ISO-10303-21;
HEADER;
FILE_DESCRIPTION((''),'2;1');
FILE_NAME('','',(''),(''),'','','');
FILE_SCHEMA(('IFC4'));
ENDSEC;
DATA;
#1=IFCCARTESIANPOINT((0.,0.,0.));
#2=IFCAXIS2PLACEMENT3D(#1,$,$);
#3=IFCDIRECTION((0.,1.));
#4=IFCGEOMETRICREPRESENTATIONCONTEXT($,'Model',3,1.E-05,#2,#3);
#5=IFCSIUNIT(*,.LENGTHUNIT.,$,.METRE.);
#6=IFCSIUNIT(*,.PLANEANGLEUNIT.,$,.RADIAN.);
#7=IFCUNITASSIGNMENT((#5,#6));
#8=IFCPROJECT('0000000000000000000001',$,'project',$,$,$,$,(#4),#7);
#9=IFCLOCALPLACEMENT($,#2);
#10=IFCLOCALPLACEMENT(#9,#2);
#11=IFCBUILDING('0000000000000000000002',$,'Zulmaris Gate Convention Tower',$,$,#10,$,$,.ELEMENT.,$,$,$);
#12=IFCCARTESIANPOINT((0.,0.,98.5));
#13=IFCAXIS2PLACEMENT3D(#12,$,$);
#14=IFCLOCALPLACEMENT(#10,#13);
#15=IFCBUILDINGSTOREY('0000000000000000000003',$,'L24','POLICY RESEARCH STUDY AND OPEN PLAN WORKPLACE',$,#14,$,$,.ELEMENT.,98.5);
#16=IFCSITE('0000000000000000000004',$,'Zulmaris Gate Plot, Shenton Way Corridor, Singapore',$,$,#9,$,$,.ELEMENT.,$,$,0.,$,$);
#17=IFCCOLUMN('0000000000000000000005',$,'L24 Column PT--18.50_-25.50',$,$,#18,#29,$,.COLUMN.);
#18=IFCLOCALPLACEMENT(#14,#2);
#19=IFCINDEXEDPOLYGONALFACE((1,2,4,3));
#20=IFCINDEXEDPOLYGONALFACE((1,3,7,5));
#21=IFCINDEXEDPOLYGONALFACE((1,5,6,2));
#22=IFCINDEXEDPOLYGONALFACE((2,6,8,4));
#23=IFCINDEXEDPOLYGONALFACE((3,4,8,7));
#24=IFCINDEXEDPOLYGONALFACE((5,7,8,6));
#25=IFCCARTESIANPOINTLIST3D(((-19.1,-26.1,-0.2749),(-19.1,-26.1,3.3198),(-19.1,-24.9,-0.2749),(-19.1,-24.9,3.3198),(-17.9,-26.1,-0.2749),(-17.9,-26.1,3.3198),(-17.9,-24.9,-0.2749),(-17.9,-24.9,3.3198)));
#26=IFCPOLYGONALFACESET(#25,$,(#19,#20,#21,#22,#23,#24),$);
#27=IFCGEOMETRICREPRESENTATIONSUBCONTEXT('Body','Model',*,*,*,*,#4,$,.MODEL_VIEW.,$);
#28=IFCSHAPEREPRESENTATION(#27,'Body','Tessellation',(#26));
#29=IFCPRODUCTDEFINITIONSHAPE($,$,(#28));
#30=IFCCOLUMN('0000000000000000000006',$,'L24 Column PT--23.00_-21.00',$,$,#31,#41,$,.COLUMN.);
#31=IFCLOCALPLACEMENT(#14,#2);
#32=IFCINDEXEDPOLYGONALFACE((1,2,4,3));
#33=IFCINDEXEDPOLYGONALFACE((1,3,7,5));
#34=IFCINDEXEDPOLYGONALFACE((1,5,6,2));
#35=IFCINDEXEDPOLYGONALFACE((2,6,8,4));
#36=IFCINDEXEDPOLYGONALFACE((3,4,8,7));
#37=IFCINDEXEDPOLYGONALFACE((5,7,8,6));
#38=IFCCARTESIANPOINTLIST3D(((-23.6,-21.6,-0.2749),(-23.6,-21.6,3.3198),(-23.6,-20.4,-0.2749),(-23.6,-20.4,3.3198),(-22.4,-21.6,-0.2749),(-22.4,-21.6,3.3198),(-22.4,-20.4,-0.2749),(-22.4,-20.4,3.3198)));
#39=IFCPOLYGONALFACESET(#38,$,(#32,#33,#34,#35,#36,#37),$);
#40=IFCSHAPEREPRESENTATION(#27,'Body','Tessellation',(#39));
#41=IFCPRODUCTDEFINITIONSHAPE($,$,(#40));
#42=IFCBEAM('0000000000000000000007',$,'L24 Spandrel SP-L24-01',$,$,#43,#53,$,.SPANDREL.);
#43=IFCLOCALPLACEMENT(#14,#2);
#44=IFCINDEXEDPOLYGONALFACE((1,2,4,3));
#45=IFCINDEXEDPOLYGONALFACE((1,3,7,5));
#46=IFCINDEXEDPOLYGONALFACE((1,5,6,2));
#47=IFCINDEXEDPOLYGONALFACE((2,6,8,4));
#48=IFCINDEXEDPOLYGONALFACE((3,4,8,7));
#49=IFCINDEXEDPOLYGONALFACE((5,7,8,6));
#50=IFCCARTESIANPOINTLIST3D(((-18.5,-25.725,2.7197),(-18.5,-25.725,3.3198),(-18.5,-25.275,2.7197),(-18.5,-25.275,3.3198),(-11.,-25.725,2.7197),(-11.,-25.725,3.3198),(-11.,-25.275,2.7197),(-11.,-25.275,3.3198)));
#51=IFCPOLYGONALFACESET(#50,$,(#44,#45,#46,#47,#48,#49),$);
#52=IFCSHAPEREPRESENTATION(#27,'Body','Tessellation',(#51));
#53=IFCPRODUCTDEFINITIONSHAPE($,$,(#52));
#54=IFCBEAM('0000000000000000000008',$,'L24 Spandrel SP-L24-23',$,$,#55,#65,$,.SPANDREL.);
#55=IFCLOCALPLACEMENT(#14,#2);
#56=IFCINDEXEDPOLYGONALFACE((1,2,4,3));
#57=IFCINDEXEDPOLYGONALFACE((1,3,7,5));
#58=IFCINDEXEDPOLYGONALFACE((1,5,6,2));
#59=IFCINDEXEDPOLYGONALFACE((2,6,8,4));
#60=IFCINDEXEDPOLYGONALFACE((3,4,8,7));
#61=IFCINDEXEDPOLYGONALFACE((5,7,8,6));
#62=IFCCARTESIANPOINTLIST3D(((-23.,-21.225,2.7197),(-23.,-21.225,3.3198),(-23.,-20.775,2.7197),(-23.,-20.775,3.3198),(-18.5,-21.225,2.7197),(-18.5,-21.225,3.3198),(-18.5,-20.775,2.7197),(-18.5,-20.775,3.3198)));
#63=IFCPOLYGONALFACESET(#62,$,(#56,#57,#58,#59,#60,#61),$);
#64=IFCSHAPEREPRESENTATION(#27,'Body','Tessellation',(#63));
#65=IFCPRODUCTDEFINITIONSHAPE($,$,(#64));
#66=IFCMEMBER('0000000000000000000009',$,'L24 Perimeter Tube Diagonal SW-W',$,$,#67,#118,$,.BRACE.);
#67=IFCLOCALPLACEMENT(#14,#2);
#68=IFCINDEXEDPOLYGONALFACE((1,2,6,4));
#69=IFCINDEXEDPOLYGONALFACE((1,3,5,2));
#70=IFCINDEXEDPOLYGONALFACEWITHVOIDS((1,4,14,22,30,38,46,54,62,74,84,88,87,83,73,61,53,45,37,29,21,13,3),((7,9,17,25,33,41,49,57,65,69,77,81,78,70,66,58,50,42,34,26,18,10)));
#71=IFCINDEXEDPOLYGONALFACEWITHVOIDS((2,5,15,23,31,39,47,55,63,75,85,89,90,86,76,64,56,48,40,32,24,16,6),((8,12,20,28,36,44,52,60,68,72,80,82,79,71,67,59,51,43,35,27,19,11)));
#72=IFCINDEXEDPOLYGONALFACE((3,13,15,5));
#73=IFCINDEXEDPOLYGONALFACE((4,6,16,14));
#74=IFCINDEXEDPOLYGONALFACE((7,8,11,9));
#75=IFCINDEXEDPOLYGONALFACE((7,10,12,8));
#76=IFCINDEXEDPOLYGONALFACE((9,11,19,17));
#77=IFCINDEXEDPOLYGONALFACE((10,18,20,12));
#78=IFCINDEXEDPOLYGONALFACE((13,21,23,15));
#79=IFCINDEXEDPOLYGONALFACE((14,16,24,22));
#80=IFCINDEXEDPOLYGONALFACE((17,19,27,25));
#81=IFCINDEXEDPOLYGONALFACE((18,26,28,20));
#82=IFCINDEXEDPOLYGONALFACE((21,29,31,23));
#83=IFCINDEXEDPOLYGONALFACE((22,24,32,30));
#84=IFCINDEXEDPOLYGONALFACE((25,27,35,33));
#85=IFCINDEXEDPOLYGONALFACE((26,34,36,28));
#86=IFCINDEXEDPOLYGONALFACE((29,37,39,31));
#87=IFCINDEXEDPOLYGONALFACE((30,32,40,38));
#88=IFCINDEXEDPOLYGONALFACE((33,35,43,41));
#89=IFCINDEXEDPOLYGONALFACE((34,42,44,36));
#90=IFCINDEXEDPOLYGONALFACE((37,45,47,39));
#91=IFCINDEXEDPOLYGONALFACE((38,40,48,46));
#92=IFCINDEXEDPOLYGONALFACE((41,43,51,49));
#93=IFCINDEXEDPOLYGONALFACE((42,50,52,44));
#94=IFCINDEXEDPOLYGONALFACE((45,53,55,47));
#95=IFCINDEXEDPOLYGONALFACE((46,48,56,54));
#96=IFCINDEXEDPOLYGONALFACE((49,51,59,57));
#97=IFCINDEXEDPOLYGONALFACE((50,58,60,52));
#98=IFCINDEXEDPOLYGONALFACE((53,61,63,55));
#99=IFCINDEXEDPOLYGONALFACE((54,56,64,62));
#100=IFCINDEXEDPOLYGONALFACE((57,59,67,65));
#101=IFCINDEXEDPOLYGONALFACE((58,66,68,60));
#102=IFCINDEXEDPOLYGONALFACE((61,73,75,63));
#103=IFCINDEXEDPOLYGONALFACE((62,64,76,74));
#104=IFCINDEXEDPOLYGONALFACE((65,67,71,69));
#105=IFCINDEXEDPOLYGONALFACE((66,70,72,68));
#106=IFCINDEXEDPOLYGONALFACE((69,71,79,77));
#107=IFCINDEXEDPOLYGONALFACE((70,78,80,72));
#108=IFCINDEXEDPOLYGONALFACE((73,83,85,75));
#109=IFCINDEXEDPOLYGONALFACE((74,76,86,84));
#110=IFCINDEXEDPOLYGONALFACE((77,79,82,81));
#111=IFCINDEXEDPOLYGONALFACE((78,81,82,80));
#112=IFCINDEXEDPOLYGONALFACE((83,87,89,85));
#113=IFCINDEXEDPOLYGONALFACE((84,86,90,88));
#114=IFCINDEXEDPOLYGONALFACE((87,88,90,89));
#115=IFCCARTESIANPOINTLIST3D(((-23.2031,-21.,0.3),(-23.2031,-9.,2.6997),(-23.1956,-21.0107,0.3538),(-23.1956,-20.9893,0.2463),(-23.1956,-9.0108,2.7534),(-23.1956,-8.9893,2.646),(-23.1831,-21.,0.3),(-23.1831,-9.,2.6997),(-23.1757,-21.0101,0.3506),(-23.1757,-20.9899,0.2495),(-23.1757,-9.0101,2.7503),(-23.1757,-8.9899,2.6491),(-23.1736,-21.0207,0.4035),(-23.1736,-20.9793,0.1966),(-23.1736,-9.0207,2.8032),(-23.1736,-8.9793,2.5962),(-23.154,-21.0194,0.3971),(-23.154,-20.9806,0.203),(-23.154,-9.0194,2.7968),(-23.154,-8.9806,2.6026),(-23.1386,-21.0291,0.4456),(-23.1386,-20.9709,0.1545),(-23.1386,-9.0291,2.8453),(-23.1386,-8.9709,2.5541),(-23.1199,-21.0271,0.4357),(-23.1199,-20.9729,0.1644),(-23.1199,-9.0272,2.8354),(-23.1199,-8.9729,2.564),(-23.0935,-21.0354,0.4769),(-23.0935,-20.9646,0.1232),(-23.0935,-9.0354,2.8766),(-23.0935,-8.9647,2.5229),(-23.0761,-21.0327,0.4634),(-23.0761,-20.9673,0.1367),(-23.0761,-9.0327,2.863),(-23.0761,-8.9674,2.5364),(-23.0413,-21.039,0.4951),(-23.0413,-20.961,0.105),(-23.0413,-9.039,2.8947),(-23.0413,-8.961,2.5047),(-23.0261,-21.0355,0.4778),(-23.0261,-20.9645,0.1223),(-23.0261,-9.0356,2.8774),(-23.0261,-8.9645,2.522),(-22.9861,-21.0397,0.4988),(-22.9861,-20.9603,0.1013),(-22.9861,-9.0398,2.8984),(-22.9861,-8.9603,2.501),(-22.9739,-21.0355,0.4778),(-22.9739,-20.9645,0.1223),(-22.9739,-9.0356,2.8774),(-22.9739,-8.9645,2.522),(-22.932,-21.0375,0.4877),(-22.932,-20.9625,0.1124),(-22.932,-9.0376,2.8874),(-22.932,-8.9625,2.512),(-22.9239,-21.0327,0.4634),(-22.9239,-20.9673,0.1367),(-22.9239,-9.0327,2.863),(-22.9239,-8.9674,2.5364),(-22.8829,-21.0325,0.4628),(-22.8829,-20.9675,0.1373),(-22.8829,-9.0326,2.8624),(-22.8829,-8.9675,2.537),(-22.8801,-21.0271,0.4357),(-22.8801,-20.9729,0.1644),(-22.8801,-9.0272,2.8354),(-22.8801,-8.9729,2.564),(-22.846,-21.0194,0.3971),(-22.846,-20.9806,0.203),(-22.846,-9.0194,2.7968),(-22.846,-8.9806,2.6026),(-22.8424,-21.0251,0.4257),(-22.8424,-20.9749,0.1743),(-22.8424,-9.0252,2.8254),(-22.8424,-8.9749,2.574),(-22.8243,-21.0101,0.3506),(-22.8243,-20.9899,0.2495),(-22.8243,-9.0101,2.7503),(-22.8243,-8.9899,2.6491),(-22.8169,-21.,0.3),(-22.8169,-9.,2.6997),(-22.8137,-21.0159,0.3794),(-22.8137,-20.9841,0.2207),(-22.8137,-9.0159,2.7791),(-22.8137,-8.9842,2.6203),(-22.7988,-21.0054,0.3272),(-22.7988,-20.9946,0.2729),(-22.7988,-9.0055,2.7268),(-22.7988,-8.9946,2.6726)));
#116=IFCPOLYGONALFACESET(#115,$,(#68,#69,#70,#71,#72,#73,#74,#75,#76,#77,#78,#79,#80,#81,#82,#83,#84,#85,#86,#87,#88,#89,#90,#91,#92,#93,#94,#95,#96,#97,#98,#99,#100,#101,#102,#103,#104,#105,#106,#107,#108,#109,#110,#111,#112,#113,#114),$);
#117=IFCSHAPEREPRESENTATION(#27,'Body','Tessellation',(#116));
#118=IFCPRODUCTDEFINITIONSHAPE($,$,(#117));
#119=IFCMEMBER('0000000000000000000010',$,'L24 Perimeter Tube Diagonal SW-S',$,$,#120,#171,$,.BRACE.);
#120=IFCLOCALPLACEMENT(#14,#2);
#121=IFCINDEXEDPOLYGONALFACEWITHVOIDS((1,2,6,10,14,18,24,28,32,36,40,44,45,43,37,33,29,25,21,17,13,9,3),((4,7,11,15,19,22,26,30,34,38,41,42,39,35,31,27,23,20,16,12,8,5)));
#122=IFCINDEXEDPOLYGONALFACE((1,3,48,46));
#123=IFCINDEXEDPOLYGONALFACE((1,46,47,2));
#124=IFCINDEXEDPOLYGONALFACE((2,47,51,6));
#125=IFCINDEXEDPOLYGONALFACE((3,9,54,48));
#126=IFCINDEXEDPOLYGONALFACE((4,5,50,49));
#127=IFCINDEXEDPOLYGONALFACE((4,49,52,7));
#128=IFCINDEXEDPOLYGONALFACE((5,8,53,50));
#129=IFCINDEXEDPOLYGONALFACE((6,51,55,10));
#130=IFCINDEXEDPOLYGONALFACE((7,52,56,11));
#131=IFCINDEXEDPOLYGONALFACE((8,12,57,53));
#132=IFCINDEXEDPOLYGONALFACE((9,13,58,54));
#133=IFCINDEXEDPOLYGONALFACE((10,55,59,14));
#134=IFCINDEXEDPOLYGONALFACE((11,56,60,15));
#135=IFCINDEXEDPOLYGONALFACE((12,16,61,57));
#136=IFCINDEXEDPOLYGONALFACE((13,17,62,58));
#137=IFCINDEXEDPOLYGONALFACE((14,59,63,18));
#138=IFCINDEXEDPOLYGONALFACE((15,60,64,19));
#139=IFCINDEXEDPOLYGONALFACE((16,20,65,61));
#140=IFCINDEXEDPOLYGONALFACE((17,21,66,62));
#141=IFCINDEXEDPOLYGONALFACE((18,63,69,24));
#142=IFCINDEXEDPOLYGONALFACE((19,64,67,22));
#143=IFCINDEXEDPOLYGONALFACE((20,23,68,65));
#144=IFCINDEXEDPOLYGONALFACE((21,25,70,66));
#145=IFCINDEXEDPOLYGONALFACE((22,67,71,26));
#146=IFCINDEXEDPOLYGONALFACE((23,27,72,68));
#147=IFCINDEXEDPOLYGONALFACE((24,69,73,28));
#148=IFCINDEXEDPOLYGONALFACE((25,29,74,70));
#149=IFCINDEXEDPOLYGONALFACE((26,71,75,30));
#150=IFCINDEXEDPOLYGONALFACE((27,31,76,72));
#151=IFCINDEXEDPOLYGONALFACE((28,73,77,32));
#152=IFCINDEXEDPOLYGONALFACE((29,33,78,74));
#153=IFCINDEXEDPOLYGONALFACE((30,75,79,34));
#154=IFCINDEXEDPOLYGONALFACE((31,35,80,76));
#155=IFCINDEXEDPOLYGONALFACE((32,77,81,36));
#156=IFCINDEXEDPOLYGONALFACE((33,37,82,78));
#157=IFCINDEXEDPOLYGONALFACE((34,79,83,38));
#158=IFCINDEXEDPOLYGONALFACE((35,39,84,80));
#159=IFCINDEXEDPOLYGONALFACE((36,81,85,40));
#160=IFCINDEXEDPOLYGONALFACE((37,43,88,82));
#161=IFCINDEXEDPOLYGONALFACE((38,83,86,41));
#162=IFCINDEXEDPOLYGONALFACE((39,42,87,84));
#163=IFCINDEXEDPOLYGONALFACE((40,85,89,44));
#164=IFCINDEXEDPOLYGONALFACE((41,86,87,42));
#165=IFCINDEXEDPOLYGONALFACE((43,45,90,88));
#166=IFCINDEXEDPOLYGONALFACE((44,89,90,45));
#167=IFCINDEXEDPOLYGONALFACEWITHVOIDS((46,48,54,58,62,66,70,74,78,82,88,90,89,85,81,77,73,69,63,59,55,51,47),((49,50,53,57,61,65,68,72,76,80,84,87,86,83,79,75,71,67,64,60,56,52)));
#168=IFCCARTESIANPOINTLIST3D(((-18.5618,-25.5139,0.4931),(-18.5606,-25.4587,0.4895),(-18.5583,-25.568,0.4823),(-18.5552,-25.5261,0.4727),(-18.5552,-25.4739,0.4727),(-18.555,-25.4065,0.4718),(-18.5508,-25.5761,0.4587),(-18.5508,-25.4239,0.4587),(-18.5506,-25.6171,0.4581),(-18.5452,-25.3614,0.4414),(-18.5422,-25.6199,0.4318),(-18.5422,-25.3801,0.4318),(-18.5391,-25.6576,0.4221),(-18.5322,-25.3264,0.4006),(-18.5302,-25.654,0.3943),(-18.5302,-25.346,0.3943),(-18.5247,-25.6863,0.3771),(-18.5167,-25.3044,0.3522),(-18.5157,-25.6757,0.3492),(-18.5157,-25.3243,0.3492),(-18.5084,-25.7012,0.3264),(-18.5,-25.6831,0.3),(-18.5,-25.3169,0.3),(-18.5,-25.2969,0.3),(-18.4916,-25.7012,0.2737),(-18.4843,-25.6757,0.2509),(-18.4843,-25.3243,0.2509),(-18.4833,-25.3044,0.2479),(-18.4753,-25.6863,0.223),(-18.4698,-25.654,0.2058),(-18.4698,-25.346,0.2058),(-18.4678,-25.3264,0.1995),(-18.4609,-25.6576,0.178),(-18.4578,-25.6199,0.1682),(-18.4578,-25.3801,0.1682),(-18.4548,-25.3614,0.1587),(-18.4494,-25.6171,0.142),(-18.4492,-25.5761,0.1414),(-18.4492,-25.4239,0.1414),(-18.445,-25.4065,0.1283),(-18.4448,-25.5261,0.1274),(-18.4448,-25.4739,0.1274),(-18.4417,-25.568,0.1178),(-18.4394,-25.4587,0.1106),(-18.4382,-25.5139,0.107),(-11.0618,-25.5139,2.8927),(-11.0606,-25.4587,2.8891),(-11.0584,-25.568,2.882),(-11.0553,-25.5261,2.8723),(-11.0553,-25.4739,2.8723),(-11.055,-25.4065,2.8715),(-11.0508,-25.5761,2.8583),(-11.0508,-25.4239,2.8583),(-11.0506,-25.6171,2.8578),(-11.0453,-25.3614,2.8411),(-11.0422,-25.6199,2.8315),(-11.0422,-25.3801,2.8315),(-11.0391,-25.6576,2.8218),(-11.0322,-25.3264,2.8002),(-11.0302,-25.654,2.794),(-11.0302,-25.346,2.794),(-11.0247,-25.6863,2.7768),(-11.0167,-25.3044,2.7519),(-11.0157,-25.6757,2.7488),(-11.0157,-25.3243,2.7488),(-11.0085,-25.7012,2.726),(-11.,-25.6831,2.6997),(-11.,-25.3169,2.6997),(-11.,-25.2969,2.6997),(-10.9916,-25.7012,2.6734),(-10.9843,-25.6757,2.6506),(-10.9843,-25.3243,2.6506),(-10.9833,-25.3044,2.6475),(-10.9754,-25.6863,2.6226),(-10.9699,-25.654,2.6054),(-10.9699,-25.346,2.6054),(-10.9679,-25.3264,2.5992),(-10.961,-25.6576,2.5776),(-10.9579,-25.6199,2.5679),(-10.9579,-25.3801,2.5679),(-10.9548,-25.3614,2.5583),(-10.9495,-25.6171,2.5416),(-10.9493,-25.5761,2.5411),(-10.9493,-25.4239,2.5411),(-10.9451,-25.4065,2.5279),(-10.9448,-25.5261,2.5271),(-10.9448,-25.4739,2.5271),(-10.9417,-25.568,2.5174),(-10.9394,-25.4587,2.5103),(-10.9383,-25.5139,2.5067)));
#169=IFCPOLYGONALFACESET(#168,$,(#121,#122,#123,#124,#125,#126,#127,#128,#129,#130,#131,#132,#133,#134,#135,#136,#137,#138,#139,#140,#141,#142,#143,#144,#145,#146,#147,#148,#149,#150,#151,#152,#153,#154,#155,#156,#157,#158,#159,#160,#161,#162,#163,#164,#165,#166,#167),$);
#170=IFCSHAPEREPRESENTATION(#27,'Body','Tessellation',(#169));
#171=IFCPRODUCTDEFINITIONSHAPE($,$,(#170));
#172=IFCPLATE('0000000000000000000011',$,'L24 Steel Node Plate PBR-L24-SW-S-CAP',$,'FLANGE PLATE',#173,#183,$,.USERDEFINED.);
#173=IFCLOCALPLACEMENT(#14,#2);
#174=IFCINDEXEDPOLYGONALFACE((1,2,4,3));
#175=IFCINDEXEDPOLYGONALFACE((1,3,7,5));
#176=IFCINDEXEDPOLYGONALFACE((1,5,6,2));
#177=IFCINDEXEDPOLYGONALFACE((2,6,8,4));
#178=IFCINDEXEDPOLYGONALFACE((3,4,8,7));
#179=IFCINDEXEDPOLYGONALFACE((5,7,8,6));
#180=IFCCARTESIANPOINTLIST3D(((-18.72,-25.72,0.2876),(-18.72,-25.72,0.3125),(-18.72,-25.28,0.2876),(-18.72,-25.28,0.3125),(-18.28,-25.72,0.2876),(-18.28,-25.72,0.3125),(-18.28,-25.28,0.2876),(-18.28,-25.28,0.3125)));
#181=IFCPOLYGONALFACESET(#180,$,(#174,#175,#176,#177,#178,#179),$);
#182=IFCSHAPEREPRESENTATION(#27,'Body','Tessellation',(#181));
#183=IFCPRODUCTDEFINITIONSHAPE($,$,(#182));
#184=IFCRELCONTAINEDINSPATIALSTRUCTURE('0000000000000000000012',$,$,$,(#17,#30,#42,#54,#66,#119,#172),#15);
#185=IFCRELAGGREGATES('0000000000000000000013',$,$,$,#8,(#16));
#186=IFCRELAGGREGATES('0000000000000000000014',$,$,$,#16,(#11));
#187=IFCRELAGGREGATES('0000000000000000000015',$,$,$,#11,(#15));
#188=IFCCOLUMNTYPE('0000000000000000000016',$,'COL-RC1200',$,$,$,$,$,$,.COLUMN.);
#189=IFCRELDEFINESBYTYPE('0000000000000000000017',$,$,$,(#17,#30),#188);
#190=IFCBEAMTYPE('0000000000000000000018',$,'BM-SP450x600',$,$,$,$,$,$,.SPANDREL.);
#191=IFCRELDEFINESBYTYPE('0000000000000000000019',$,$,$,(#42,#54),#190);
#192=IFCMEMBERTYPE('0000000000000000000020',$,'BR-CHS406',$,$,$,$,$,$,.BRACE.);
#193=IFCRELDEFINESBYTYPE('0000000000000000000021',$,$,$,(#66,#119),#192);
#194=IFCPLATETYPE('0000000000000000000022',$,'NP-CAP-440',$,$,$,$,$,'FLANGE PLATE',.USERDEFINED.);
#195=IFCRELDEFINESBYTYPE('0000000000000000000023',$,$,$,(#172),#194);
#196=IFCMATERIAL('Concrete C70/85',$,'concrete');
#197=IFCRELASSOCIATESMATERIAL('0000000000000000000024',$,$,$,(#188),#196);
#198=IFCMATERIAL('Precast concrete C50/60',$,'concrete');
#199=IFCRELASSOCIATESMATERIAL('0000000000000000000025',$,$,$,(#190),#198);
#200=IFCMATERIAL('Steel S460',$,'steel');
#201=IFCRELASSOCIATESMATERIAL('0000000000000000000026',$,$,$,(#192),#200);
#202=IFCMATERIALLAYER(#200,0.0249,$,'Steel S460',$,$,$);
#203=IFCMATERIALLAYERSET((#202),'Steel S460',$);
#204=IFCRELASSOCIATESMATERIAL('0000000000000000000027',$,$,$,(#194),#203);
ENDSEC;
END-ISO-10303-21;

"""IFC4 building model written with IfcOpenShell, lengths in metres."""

from ifc_helpers import new_model, si_unit, direction, frame, origin, origin_2d, place, context, subcontext, project, spatial, rectangle, hollow_circle, extrude, material, layer, layer_set, material_profile, profile_set, type_object, element, save


model = new_model("IFC4")

# Units and contexts
model_context = context("Model", 3, precision=1e-05, world=origin(), true_north=direction((0.0, 1.0)))
body_context = subcontext(model_context, "Body", "Model", "MODEL_VIEW")
ifc_project = project(units=[si_unit("LENGTHUNIT", "METRE"), si_unit("PLANEANGLEUNIT", "RADIAN")], contexts=[model_context])

# Site, building, storey
site_placement = place(None, origin())
site = spatial("IfcSite", under=ifc_project, at=site_placement, Name="Zulmaris Gate Plot, Shenton Way Corridor, Singapore", CompositionType="ELEMENT", RefElevation=0.0)
building_placement = place(site_placement, origin())
building = spatial("IfcBuilding", under=site, at=building_placement, Name="Zulmaris Gate Convention Tower", CompositionType="ELEMENT")
storey_placement = place(building_placement, frame((0.0, 0.0, 98.5)))
storey = spatial("IfcBuildingStorey", under=building, at=storey_placement, Name="L24", Description="POLICY RESEARCH STUDY AND OPEN PLAN WORKPLACE", CompositionType="ELEMENT", Elevation=98.5)

# Columns
ifc_material_1 = material(Name="Concrete C70/85", Category="concrete")
ifc_material_profile_1 = material_profile(ifc_material_1, rectangle(XDim=1.2, YDim=1.2, at=origin_2d()), Name="RC COL 1200x1200")
ifc_profile_set_1 = profile_set([ifc_material_profile_1], Name="Concrete C70/85")
column_type = type_object("IfcColumnType", Name="COL-RC1200", PredefinedType="COLUMN", material=ifc_profile_set_1)
for number, where, z_axis, x_axis, name in (
    (1, (-18.5, -25.5, -0.2749), (0.0, 0.0, 1.0), (1.0, 0.0, 0.0), "L24 Column PT--18.50_-25.50"),
    (2, (-23.0, -21.0, -0.2749), (0.0, 0.0, 1.0), (1.0, 0.0, 0.0), "L24 Column PT--23.00_-21.00"),
):
    element("IfcColumn", number, at=place(storey_placement, frame(where, z_axis=z_axis, x_axis=x_axis)), inside=storey, type_object=column_type, Name=name, PredefinedType="COLUMN", context=body_context, shape_type="SweptSolid", body=[
        extrude(rectangle(XDim=1.2, YDim=1.2, at=origin_2d()), origin(), (0.0, 0.0, 1.0), 3.5947),
    ])

# Beams
ifc_material_2 = material(Name="Precast concrete C50/60", Category="concrete")
ifc_material_profile_2 = material_profile(ifc_material_2, rectangle(XDim=0.45, YDim=0.6001, at=origin_2d()), Name="RC SPANDREL 450x600")
ifc_profile_set_2 = profile_set([ifc_material_profile_2], Name="Precast concrete C50/60")
beam_type = type_object("IfcBeamType", Name="BM-SP450x600", PredefinedType="SPANDREL", material=ifc_profile_set_2)
beam_1_placement = place(storey_placement, frame((-18.5, -25.5, 3.0198), z_axis=(1.0, 0.0, 0.0), x_axis=(0.0, 1.0, 0.0)))
element("IfcBeam", 3, at=beam_1_placement, inside=storey, type_object=beam_type, Name="L24 Spandrel SP-L24-01", PredefinedType="SPANDREL", context=body_context, shape_type="SweptSolid", body=[
    extrude(rectangle(XDim=0.45, YDim=0.6001, at=origin_2d()), origin(), (0.0, 0.0, 1.0), 7.5),
])
beam_2_placement = place(storey_placement, frame((-23.0, -21.0, 3.0198), z_axis=(1.0, 0.0, 0.0), x_axis=(0.0, 1.0, 0.0)))
element("IfcBeam", 4, at=beam_2_placement, inside=storey, type_object=beam_type, Name="L24 Spandrel SP-L24-23", PredefinedType="SPANDREL", context=body_context, shape_type="SweptSolid", body=[
    extrude(rectangle(XDim=0.45, YDim=0.6001, at=origin_2d()), origin(), (0.0, 0.0, 1.0), 4.5),
])

# Members
ifc_material_3 = material(Name="Steel S460", Category="steel")
ifc_material_profile_3 = material_profile(ifc_material_3, hollow_circle(Radius=0.2031, WallThickness=0.02, at=origin_2d()), Name="CHS 406.4x20")
ifc_profile_set_3 = profile_set([ifc_material_profile_3], Name="Steel S460")
member_type = type_object("IfcMemberType", Name="BR-CHS406", PredefinedType="BRACE", material=ifc_profile_set_3)
member_1_placement = place(storey_placement, frame((-23.0, -21.0, 0.3), z_axis=(0.0, 0.980586, 0.196089), x_axis=(-1.0, 0.0, 0.0)))
element("IfcMember", 5, at=member_1_placement, inside=storey, type_object=member_type, Name="L24 Perimeter Tube Diagonal SW-W", PredefinedType="BRACE", context=body_context, shape_type="SweptSolid", body=[
    extrude(hollow_circle(Radius=0.2031, WallThickness=0.02, at=origin_2d()), origin(), (0.0, 0.0, 1.0), 12.2375),
])
member_2_placement = place(storey_placement, frame((-18.5, -25.5, 0.3), z_axis=(0.952437, 0.0, 0.304736), x_axis=(0.0, 1.0, 0.0)))
element("IfcMember", 6, at=member_2_placement, inside=storey, type_object=member_type, Name="L24 Perimeter Tube Diagonal SW-S", PredefinedType="BRACE", context=body_context, shape_type="SweptSolid", body=[
    extrude(hollow_circle(Radius=0.2031, WallThickness=0.02, at=origin_2d()), origin(), (0.0, 0.0, 1.0), 7.8745),
])

# Plate
ifc_layer_1 = layer(ifc_material_3, 0.0249, Name="Steel S460")
ifc_layer_set_1 = layer_set([ifc_layer_1], Name="Steel S460")
plate_type = type_object("IfcPlateType", Name="NP-CAP-440", ElementType="FLANGE PLATE", PredefinedType="USERDEFINED", material=ifc_layer_set_1)
plate_placement = place(storey_placement, frame((-18.5, -25.5, 0.2876), z_axis=(0.0, 0.0, 1.0), x_axis=(1.0, 0.0, 0.0)))
element("IfcPlate", 7, at=plate_placement, inside=storey, type_object=plate_type, Name="L24 Steel Node Plate PBR-L24-SW-S-CAP", ObjectType="FLANGE PLATE", PredefinedType="USERDEFINED", context=body_context, shape_type="SweptSolid", body=[
    extrude(rectangle(XDim=0.4399, YDim=0.4399, at=origin_2d()), origin(), (0.0, 0.0, 1.0), 0.0249),
])

save(model, "model.ifc")
